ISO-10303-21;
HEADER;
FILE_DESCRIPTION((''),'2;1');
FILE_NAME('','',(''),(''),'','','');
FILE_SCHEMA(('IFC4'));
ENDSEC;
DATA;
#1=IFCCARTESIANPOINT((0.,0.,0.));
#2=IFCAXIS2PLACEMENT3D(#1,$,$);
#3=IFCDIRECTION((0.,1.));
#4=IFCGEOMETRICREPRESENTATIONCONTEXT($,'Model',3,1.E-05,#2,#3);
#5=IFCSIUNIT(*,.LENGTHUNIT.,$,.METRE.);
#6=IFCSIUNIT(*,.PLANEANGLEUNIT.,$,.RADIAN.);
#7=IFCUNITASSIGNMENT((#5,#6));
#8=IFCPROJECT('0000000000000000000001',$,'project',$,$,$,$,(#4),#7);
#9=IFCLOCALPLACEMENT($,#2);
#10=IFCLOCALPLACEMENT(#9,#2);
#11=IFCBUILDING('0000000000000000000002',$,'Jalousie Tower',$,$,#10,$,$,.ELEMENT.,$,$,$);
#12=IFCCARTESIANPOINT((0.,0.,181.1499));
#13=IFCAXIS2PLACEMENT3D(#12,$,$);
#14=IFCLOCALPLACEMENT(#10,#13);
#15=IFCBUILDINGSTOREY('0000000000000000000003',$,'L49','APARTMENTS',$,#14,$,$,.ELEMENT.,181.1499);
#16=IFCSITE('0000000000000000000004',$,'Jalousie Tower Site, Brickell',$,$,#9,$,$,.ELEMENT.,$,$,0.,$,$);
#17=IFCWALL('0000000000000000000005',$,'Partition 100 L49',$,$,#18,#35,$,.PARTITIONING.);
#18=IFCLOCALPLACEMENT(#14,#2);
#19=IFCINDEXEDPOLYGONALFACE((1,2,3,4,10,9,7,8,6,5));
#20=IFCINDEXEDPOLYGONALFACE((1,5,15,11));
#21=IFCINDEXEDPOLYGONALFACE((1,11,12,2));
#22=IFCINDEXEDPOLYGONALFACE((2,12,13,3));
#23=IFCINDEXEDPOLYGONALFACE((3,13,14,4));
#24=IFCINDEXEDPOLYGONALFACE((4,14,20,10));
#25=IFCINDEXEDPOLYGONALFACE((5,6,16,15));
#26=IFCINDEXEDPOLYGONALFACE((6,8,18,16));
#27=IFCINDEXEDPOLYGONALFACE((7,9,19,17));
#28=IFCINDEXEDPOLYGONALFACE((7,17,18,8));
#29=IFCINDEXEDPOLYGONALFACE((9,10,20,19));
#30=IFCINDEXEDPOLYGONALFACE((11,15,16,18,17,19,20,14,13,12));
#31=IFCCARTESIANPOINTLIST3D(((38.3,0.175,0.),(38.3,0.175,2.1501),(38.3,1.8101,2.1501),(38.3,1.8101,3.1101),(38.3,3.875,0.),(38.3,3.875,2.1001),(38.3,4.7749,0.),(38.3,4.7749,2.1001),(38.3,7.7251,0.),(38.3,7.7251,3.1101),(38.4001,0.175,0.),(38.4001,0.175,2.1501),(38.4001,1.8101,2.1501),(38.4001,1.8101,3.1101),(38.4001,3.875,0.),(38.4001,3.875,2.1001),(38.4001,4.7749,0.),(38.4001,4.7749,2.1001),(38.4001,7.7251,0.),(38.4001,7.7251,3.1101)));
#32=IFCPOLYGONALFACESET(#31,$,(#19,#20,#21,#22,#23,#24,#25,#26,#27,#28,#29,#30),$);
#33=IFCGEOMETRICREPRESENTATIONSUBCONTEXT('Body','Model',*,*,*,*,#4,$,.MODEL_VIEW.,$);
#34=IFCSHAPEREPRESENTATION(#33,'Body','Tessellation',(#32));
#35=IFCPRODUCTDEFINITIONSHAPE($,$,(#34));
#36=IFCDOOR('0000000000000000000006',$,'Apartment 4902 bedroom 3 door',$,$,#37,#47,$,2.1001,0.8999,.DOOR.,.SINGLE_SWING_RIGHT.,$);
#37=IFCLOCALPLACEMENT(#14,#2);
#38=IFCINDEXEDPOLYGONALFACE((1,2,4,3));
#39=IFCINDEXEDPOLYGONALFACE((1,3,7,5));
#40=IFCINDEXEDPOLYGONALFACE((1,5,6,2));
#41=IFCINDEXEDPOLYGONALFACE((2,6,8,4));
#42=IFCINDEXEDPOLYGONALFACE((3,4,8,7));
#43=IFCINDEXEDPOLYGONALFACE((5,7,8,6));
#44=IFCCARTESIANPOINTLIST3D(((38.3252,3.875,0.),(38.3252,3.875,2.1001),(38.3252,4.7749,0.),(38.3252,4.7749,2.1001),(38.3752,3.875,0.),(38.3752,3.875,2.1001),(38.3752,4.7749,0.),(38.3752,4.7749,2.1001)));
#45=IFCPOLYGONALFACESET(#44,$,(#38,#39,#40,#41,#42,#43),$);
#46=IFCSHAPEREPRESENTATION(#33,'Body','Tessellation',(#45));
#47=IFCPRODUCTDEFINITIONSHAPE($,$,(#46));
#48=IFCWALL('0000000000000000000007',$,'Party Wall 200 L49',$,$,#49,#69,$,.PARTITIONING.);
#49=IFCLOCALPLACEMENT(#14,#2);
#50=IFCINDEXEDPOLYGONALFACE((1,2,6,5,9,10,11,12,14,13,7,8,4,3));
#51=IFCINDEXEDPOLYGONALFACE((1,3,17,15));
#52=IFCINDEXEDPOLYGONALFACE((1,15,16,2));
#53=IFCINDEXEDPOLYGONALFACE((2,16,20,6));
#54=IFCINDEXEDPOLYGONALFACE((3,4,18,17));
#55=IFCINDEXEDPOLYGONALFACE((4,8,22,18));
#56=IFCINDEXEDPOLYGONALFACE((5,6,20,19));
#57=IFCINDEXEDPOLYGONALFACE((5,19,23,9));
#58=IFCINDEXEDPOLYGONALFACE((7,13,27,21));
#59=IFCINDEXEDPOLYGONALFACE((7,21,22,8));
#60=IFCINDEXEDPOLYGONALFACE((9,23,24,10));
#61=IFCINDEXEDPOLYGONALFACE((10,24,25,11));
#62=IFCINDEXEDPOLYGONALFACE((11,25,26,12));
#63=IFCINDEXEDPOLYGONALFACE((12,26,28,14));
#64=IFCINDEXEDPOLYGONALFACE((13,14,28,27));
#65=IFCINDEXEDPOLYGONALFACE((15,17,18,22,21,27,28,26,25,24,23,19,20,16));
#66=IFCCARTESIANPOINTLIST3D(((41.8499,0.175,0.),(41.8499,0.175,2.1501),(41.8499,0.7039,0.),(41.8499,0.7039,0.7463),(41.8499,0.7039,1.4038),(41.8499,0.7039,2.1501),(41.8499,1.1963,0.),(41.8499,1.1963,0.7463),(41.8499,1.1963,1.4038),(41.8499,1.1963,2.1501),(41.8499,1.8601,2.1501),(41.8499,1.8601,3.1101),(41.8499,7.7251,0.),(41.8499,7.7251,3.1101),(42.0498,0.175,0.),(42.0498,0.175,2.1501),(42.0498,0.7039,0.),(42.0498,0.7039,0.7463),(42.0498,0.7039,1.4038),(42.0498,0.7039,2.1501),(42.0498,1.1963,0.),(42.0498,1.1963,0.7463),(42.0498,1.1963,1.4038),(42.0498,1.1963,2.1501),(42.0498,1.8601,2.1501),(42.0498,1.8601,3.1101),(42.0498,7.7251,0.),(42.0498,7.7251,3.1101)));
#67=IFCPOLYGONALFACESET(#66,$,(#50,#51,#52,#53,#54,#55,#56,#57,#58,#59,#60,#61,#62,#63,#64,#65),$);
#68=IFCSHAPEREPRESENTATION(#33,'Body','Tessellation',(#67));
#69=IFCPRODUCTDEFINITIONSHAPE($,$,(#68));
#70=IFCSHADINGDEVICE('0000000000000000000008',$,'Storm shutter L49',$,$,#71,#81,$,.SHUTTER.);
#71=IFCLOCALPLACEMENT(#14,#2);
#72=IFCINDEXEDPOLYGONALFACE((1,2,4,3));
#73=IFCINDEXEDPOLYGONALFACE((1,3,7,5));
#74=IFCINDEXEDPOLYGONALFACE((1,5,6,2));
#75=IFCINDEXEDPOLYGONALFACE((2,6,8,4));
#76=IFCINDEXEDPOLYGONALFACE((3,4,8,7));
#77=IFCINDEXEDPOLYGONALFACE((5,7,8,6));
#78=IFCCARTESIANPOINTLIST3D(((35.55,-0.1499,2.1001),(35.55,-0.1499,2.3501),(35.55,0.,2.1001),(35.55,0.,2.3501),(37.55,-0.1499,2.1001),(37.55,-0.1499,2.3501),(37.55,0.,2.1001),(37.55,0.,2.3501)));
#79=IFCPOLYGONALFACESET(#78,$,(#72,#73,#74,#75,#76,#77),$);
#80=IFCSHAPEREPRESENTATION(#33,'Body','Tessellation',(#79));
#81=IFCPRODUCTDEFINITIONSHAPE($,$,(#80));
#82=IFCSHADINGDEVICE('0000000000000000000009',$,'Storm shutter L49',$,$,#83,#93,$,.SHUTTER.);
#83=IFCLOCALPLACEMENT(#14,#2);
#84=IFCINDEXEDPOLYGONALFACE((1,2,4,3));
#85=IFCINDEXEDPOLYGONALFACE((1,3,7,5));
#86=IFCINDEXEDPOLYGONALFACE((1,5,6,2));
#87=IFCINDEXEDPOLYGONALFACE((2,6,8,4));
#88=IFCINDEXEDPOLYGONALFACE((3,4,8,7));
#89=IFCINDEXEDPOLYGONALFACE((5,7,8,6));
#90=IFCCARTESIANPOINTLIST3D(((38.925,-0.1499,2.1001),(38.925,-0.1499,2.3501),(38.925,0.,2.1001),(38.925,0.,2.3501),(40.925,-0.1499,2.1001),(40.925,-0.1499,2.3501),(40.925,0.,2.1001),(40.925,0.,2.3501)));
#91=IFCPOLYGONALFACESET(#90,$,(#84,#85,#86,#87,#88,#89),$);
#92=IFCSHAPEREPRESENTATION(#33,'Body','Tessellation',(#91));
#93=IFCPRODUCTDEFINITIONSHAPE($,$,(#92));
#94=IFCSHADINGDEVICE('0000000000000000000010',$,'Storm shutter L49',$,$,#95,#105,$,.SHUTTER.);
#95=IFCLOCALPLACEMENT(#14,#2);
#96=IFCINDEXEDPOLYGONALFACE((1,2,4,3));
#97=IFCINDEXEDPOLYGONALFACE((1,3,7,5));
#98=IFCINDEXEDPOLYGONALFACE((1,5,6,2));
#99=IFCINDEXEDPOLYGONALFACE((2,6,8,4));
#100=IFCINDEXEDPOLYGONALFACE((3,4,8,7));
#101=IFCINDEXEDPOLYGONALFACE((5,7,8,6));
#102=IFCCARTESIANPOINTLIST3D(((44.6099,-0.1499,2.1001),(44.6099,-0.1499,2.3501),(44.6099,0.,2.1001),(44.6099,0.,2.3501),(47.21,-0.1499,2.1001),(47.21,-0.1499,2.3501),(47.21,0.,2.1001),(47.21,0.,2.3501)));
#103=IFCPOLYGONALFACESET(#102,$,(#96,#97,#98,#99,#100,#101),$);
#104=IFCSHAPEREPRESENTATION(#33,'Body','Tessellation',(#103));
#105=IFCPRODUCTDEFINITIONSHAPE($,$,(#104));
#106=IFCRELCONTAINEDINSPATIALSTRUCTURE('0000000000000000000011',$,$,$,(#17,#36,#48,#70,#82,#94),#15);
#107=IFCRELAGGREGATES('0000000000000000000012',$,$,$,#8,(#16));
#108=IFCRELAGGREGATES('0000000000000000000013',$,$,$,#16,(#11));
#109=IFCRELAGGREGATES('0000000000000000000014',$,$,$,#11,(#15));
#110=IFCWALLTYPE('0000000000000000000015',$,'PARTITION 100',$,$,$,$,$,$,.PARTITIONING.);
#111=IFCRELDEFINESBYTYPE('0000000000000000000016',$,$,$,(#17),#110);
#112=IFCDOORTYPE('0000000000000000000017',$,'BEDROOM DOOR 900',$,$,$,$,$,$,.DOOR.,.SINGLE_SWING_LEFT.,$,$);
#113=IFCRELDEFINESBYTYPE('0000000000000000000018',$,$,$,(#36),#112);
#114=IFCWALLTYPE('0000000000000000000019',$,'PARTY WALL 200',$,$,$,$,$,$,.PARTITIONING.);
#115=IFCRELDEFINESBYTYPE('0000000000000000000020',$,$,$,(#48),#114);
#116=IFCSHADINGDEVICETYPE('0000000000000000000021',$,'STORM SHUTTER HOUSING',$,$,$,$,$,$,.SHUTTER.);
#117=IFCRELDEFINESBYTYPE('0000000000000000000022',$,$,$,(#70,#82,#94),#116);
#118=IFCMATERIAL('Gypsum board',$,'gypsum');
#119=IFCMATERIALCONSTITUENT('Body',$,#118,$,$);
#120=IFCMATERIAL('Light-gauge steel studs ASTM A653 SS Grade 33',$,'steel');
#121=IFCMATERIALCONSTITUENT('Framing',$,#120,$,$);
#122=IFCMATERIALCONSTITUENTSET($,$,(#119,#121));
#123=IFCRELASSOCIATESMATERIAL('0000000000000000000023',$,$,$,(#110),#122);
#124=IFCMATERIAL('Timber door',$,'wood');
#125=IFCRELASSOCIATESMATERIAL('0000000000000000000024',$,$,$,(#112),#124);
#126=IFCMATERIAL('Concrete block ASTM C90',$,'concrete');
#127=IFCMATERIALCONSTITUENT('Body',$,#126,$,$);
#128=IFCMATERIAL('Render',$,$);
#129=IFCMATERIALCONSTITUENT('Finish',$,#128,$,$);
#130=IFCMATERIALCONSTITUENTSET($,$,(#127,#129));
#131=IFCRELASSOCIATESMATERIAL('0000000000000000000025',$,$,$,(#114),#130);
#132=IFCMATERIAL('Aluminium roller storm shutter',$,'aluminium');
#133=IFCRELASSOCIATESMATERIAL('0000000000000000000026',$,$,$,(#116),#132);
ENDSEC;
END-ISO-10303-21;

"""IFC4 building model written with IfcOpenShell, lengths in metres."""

from ifc_helpers import new_model, si_unit, direction, frame, frame_2d, origin, origin_2d, place, context, subcontext, project, spatial, polyline, rectangle, outline, extrude, material, constituent, constituent_set, type_object, element, fill, save


model = new_model("IFC4")

# Units and contexts
model_context = context("Model", 3, precision=1e-05, world=origin(), true_north=direction((0.0, 1.0)))
body_context = subcontext(model_context, "Body", "Model", "MODEL_VIEW")
ifc_project = project(units=[si_unit("LENGTHUNIT", "METRE"), si_unit("PLANEANGLEUNIT", "RADIAN")], contexts=[model_context])

# Site, building, storey
site_placement = place(None, origin())
site = spatial("IfcSite", under=ifc_project, at=site_placement, Name="Jalousie Tower Site, Brickell", CompositionType="ELEMENT", RefElevation=0.0)
building_placement = place(site_placement, origin())
building = spatial("IfcBuilding", under=site, at=building_placement, Name="Jalousie Tower", CompositionType="ELEMENT")
storey_placement = place(building_placement, frame((0.0, 0.0, 181.1499)))
storey = spatial("IfcBuildingStorey", under=building, at=storey_placement, Name="L49", Description="APARTMENTS", CompositionType="ELEMENT", Elevation=181.1499)

# Shared definitions
ifc_material_1 = material(Name="Gypsum board", Category="gypsum")
ifc_constituent_1 = constituent(ifc_material_1, Name="Body")
ifc_material_2 = material(Name="Light-gauge steel studs ASTM A653 SS Grade 33", Category="steel")
ifc_constituent_2 = constituent(ifc_material_2, Name="Framing")
ifc_constituent_set_1 = constituent_set(constituents=[ifc_constituent_1, ifc_constituent_2])
wall_type_1 = type_object("IfcWallType", Name="PARTITION 100", PredefinedType="PARTITIONING", material=ifc_constituent_set_1)
ifc_material_3 = material(Name="Timber door", Category="wood")
door_type_1 = type_object("IfcDoorType", Name="BEDROOM DOOR 900", OperationType="SINGLE_SWING_LEFT", PredefinedType="DOOR", material=ifc_material_3)

# Wall, opening, door
wall_1_placement = place(storey_placement, frame((38.3501, 0.175, 0.0), z_axis=(0.0, 0.0, 1.0), x_axis=(0.0, 1.0, 0.0)))
wall_1 = element("IfcWall", 1, at=wall_1_placement, inside=storey, type_object=wall_type_1, Name="Partition 100 L49", PredefinedType="PARTITIONING", context=body_context, shape_type="SweptSolid", body=[
    extrude(outline(polyline([(0.0, 0.0), (7.55, 0.0), (7.55, 3.1101), (1.635, 3.1101), (1.635, 2.1501), (0.0, 2.1501), (0.0, 3.1101), (0.0, 0.0)])), frame((0.0, 0.05, 0.0), z_axis=(0.0, -1.0, 0.0), x_axis=(1.0, 0.0, 0.0)), (0.0, 0.0, 1.0), 0.1001),
])
opening_1_placement = place(wall_1_placement, frame((3.7, 0.0, 0.0)))
opening_1 = element("IfcOpeningElement", 2, at=opening_1_placement, cuts=wall_1, PredefinedType="OPENING", context=body_context, shape_type="SweptSolid", body=[
    extrude(rectangle(XDim=0.8999, YDim=2.1001, at=frame_2d((0.45, 1.05))), frame((0.0, 0.0601, 0.0), z_axis=(0.0, -1.0, 0.0), x_axis=(1.0, 0.0, 0.0)), (0.0, 0.0, 1.0), 0.1201),
])
door_1_placement = place(opening_1_placement, origin())
door_1 = element("IfcDoor", 3, at=door_1_placement, inside=storey, type_object=door_type_1, Name="Apartment 4902 bedroom 3 door", OperationType="SINGLE_SWING_RIGHT", OverallHeight=2.1001, OverallWidth=0.8999, PredefinedType="DOOR", context=body_context, shape_type="SweptSolid", body=[
    extrude(rectangle(XDim=0.8999, YDim=2.1001, at=frame_2d((0.45, 1.05))), frame((0.0, 0.0249, 0.0), z_axis=(0.0, -1.0, 0.0), x_axis=(1.0, 0.0, 0.0)), (0.0, 0.0, 1.0), 0.05),
])
fill(opening_1, door_1)

# Wall
ifc_material_4 = material(Name="Concrete block ASTM C90", Category="concrete")
ifc_constituent_3 = constituent(ifc_material_4, Name="Body")
ifc_material_5 = material(Name="Render")
ifc_constituent_4 = constituent(ifc_material_5, Name="Finish")
ifc_constituent_set_2 = constituent_set(constituents=[ifc_constituent_3, ifc_constituent_4])
wall_type_2 = type_object("IfcWallType", Name="PARTY WALL 200", PredefinedType="PARTITIONING", material=ifc_constituent_set_2)
wall_2_placement = place(storey_placement, frame((41.95, 0.175, 0.0), z_axis=(0.0, 0.0, 1.0), x_axis=(0.0, 1.0, 0.0)))
element("IfcWall", 4, at=wall_2_placement, inside=storey, type_object=wall_type_2, Name="Party Wall 200 L49", PredefinedType="PARTITIONING", context=body_context, shape_type="SweptSolid", body=[
    extrude(outline(polyline([(0.5288, 2.1501), (0.0, 2.1501), (0.0, 0.0), (0.5288, 0.0), (0.5288, 0.7463), (1.0212, 0.7463), (1.0212, 0.0), (7.55, 0.0), (7.55, 3.1101), (1.6851, 3.1101), (1.6851, 2.1501), (1.0212, 2.1501), (1.0212, 1.4038), (0.5288, 1.4038), (0.5288, 2.1501)])), frame((0.0, 0.1001, 0.0), z_axis=(0.0, -1.0, 0.0), x_axis=(1.0, 0.0, 0.0)), (0.0, 0.0, 1.0), 0.2),
])

# Shading devices
ifc_material_6 = material(Name="Aluminium roller storm shutter", Category="aluminium")
shading_device_type = type_object("IfcShadingDeviceType", Name="STORM SHUTTER HOUSING", PredefinedType="SHUTTER", material=ifc_material_6)
for number, where, z_axis, x_axis, name in (
    (5, (36.55, -0.075, 2.1001), (0.0, 0.0, 1.0), (1.0, 0.0, 0.0), "Storm shutter L49"),
    (6, (39.925, -0.075, 2.1001), (0.0, 0.0, 1.0), (1.0, 0.0, 0.0), "Storm shutter L49"),
):
    element("IfcShadingDevice", number, at=place(storey_placement, frame(where, z_axis=z_axis, x_axis=x_axis)), inside=storey, type_object=shading_device_type, Name=name, PredefinedType="SHUTTER", context=body_context, shape_type="SweptSolid", body=[
        extrude(rectangle(XDim=2.0, YDim=0.1499, at=origin_2d()), origin(), (0.0, 0.0, 1.0), 0.25),
    ])
shading_device_placement = place(storey_placement, frame((45.9099, -0.075, 2.1001), z_axis=(0.0, 0.0, 1.0), x_axis=(1.0, 0.0, 0.0)))
element("IfcShadingDevice", 7, at=shading_device_placement, inside=storey, type_object=shading_device_type, Name="Storm shutter L49", PredefinedType="SHUTTER", context=body_context, shape_type="SweptSolid", body=[
    extrude(rectangle(XDim=2.6001, YDim=0.1499, at=origin_2d()), origin(), (0.0, 0.0, 1.0), 0.25),
])

save(model, "model.ifc")
